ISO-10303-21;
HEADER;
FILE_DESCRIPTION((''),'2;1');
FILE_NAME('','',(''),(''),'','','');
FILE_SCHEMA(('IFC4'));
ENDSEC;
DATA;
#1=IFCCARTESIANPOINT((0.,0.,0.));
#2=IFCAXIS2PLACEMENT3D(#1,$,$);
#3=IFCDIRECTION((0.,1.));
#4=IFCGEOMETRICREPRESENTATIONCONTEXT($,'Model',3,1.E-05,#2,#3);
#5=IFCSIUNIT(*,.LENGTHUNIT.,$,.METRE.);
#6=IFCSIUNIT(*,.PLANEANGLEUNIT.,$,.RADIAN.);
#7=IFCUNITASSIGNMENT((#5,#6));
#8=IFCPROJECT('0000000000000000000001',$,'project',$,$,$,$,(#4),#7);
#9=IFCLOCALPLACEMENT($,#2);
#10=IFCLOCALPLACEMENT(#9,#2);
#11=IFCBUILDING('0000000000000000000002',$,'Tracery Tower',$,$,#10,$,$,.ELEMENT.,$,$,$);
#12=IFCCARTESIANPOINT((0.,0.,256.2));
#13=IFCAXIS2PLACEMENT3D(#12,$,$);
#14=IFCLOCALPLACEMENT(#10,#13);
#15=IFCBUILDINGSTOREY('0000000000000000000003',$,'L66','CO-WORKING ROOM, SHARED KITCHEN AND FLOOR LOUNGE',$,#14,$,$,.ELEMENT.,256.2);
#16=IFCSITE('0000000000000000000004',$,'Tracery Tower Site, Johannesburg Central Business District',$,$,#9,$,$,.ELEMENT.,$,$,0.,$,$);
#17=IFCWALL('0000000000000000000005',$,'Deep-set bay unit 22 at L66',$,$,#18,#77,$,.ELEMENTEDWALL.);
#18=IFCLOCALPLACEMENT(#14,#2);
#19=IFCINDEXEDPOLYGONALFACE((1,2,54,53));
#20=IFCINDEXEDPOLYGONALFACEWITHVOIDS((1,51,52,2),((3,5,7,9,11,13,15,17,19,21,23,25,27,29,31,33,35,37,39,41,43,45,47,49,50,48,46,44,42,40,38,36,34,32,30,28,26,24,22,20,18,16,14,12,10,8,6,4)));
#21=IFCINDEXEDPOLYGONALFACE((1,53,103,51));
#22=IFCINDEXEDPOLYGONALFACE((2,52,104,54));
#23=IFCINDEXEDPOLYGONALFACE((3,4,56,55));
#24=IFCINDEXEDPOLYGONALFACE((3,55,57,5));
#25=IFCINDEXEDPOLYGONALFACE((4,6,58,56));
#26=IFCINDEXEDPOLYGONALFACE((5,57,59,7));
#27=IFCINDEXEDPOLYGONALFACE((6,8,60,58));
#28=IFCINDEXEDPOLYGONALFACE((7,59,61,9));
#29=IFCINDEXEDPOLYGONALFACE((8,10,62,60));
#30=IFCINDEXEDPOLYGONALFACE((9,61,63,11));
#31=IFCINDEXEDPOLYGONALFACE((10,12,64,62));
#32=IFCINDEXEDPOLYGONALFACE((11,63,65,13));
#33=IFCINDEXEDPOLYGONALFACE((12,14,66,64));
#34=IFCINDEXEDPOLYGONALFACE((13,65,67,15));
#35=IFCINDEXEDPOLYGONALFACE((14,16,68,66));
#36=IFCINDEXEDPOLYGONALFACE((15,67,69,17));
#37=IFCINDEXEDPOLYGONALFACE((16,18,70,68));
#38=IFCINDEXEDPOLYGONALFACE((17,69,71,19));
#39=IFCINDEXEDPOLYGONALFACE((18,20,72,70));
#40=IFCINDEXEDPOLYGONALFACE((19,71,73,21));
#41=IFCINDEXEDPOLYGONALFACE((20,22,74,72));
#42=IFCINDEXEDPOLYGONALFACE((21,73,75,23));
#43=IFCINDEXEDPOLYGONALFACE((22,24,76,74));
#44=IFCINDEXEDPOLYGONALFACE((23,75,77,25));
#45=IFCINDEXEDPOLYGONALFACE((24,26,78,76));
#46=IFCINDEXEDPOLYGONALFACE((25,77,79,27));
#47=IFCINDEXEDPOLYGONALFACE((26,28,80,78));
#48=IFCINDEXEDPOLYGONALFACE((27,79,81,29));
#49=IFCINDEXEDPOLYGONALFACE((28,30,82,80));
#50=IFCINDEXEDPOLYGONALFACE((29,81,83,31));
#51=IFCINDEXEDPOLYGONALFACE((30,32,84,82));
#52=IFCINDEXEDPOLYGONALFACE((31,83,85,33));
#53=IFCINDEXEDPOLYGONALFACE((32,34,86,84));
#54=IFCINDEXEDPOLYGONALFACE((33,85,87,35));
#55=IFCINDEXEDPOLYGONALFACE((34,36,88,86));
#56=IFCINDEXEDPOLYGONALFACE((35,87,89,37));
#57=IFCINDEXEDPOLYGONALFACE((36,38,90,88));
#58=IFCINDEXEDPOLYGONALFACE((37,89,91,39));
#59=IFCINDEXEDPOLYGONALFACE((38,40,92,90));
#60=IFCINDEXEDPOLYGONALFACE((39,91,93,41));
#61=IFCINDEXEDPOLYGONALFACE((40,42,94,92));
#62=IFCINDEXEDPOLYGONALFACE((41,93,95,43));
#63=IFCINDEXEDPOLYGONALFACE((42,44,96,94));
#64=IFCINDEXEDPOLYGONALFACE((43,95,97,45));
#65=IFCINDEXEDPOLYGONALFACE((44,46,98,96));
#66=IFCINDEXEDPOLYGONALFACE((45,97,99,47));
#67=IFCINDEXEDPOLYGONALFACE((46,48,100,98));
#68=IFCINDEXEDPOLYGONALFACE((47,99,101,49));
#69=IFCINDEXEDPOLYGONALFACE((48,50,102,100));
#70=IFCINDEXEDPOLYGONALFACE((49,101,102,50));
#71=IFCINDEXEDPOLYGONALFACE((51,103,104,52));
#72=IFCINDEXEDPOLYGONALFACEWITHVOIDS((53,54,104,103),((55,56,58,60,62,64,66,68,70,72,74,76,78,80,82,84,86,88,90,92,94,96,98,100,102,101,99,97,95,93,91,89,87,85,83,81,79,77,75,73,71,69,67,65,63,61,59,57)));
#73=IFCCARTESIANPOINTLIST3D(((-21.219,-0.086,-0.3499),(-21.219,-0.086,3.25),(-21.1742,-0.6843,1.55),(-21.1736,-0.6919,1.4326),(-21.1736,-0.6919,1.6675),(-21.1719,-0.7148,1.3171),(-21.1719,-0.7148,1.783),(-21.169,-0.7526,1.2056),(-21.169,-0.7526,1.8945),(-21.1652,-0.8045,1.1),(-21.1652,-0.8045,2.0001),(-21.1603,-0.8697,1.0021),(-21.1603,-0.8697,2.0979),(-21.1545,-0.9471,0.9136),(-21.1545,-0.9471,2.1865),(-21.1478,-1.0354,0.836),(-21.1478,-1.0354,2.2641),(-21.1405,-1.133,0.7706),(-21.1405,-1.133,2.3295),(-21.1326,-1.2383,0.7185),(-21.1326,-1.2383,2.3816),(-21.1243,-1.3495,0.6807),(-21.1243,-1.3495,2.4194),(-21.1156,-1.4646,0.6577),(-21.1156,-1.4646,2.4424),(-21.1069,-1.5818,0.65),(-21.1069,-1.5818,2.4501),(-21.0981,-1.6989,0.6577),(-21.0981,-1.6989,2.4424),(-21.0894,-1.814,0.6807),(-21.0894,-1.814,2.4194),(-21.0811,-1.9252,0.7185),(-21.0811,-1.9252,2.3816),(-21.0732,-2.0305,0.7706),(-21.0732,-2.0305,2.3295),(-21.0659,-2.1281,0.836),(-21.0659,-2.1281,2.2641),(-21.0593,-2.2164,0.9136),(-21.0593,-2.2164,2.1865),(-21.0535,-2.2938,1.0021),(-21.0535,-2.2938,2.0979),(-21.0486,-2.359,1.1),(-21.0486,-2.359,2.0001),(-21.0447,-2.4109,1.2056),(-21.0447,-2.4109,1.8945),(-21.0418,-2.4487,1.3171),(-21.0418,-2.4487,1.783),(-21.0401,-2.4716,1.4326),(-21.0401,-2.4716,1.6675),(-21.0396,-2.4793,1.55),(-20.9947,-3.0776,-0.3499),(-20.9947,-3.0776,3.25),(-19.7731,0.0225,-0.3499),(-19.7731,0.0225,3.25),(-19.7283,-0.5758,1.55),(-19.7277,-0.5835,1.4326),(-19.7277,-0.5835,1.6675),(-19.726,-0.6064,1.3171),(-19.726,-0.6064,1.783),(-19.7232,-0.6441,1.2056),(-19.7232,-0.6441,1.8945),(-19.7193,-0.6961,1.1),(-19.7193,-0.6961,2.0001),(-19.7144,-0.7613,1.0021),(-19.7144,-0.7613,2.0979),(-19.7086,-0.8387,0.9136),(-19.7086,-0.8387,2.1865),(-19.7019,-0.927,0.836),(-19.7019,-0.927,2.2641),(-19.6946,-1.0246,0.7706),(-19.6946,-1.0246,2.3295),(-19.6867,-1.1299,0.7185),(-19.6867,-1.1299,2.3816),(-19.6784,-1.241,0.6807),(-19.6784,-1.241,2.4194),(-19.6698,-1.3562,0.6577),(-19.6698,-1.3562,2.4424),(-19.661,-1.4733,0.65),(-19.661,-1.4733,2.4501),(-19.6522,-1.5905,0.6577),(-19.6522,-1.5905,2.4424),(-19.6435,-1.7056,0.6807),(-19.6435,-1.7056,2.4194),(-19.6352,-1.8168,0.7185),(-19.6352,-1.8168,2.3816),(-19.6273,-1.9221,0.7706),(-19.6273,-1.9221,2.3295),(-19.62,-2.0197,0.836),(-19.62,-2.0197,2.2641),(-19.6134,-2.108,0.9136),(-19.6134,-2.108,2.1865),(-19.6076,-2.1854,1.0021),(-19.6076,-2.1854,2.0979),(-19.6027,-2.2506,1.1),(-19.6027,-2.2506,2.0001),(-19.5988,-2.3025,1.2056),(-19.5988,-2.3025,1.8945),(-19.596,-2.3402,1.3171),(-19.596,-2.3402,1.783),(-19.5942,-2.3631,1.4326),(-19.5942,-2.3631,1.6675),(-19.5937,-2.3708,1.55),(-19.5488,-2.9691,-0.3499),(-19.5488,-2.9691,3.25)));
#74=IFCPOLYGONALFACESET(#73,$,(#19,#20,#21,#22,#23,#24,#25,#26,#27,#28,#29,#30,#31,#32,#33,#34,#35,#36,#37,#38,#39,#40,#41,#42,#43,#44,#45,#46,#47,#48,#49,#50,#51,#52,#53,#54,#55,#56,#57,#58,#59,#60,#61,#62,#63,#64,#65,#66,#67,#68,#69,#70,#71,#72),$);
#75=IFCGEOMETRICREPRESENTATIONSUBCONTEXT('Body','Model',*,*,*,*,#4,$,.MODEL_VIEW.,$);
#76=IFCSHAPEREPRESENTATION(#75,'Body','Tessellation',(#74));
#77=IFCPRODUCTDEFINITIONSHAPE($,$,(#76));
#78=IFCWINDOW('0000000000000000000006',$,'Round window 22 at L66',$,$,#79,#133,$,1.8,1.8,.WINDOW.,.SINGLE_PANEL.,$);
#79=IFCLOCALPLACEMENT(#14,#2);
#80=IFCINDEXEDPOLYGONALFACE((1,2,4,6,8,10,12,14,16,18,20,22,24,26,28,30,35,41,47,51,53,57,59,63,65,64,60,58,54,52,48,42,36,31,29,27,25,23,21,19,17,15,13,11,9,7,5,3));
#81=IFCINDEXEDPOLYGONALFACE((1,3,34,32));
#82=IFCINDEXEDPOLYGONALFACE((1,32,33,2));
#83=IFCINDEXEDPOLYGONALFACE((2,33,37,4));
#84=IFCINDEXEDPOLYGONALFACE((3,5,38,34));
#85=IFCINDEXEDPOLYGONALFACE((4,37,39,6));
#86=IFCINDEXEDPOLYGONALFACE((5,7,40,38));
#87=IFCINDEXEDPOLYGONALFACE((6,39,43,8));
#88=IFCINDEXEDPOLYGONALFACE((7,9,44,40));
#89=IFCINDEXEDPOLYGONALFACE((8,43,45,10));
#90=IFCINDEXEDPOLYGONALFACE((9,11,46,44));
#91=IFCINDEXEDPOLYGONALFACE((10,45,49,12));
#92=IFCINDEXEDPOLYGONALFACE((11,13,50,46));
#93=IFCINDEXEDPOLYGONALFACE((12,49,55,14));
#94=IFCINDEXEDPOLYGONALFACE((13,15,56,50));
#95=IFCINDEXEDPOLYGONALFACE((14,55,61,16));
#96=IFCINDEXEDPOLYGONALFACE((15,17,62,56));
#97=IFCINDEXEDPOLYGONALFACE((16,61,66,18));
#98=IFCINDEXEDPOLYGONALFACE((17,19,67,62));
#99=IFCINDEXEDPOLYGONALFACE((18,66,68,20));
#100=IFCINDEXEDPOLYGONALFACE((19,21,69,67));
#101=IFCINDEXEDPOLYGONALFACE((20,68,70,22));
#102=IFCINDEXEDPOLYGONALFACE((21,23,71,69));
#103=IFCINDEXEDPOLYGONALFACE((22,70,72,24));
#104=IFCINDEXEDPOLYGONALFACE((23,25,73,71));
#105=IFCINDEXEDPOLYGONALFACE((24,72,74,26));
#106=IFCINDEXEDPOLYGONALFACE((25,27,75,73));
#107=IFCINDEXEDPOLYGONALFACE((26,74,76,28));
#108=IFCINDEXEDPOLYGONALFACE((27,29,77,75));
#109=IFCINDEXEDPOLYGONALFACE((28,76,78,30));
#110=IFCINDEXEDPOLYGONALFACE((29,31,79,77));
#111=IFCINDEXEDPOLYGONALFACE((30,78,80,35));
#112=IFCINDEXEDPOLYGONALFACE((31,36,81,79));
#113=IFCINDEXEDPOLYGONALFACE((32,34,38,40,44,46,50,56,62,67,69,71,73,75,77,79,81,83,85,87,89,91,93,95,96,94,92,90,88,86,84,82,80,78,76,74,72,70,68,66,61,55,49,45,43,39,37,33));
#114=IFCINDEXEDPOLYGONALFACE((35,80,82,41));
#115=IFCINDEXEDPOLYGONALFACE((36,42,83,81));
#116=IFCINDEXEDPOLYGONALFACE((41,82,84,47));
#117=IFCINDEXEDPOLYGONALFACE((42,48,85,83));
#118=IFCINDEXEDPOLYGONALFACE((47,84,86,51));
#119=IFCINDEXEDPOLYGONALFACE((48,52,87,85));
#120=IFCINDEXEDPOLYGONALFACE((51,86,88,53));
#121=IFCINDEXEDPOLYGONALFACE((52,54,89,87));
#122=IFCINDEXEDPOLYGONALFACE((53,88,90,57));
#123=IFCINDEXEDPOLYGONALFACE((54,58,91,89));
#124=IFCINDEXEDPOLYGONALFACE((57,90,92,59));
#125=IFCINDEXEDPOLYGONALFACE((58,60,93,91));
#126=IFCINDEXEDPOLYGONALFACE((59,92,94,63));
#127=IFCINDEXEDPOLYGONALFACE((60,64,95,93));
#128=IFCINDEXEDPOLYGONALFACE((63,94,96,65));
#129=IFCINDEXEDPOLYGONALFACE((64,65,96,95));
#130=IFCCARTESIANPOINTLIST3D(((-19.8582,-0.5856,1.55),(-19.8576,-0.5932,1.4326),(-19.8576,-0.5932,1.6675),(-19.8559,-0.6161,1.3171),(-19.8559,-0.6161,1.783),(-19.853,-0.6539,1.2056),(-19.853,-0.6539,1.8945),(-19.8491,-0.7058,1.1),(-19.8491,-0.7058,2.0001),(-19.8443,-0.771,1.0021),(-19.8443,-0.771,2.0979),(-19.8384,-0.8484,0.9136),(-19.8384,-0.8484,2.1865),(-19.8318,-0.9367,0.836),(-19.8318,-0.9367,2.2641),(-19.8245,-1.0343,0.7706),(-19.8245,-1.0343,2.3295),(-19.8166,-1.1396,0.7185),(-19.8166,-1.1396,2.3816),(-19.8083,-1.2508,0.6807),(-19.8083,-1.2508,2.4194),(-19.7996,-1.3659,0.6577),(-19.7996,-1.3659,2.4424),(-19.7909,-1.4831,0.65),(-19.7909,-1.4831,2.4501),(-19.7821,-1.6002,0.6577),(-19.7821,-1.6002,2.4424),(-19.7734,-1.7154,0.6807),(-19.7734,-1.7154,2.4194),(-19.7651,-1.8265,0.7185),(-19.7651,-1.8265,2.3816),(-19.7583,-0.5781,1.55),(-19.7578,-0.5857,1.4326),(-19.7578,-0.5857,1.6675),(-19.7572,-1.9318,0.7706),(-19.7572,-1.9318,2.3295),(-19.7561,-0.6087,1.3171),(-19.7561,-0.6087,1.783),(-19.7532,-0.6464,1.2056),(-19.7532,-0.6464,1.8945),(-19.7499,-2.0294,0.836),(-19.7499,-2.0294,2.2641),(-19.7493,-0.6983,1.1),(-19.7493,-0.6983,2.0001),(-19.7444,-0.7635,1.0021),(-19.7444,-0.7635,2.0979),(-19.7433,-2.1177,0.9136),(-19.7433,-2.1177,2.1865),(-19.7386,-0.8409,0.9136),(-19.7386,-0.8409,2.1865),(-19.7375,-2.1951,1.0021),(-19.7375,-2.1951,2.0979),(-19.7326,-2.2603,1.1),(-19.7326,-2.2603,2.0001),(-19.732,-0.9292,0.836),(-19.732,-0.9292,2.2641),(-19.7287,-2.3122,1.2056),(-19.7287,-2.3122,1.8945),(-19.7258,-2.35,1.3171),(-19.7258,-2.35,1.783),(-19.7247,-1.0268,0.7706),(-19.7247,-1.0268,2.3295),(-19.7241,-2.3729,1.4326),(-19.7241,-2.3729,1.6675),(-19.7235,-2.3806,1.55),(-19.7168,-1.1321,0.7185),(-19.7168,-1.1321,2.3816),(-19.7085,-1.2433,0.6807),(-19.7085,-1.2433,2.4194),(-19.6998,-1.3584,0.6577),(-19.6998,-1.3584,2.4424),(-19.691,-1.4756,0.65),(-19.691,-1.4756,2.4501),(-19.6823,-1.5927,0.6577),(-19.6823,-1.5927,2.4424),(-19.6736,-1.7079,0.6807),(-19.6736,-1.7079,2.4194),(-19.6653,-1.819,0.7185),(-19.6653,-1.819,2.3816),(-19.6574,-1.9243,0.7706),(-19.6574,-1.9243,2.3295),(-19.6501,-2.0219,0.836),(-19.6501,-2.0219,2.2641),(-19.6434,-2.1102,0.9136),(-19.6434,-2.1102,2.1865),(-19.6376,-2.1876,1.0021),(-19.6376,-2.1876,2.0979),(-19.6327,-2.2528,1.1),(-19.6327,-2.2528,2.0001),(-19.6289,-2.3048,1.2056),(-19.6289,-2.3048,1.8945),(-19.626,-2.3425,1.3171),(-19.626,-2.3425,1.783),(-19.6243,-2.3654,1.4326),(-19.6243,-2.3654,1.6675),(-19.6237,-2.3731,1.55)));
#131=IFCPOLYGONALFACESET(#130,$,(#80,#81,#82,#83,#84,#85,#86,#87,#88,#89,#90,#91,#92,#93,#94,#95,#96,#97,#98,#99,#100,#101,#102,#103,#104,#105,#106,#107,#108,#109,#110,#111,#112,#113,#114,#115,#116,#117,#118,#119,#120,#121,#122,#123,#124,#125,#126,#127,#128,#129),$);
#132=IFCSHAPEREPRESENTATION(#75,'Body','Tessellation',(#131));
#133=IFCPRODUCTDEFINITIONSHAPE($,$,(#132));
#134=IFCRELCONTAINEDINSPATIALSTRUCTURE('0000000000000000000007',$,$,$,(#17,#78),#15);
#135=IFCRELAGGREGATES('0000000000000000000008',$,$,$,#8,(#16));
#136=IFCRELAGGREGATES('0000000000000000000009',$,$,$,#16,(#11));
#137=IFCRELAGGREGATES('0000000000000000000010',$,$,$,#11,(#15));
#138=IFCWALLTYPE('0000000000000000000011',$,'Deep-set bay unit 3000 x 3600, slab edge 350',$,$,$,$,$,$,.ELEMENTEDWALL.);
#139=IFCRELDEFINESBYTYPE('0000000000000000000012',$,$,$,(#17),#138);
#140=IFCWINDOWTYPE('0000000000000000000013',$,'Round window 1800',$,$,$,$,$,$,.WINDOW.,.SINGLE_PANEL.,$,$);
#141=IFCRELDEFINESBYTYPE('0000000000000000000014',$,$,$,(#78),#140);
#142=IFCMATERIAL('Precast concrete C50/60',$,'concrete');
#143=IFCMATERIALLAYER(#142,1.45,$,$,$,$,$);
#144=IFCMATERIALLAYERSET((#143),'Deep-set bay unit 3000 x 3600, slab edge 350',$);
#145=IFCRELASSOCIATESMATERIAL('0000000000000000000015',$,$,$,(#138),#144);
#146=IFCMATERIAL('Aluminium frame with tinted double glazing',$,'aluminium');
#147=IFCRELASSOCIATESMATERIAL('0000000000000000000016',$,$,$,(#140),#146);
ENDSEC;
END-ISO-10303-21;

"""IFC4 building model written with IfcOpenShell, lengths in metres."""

from ifc_helpers import new_model, si_unit, direction, frame, frame_2d, origin, origin_2d, place, context, subcontext, project, spatial, rectangle, circle, extrude, material, layer, layer_set, type_object, element, fill, save


model = new_model("IFC4")

# Units and contexts
model_context = context("Model", 3, precision=1e-05, world=origin(), true_north=direction((0.0, 1.0)))
body_context = subcontext(model_context, "Body", "Model", "MODEL_VIEW")
ifc_project = project(units=[si_unit("LENGTHUNIT", "METRE"), si_unit("PLANEANGLEUNIT", "RADIAN")], contexts=[model_context])

# Site, building, storey
site_placement = place(None, origin())
site = spatial("IfcSite", under=ifc_project, at=site_placement, Name="Tracery Tower Site, Johannesburg Central Business District", CompositionType="ELEMENT", RefElevation=0.0)
building_placement = place(site_placement, origin())
building = spatial("IfcBuilding", under=site, at=building_placement, Name="Tracery Tower", CompositionType="ELEMENT")
storey_placement = place(building_placement, frame((0.0, 0.0, 256.2)))
storey = spatial("IfcBuildingStorey", under=building, at=storey_placement, Name="L66", Description="CO-WORKING ROOM, SHARED KITCHEN AND FLOOR LOUNGE", CompositionType="ELEMENT", Elevation=256.2)

# Wall, opening, window
ifc_material_1 = material(Name="Precast concrete C50/60", Category="concrete")
ifc_layer_1 = layer(ifc_material_1, 1.45)
ifc_layer_set_1 = layer_set([ifc_layer_1], Name="Deep-set bay unit 3000 x 3600, slab edge 350")
wall_type_1 = type_object("IfcWallType", Name="Deep-set bay unit 3000 x 3600, slab edge 350", PredefinedType="ELEMENTEDWALL", material=ifc_layer_set_1)
wall_1_placement = place(storey_placement, frame((-20.4961, -0.0317, -0.3499), z_axis=(0.0, 0.0, 1.0), x_axis=(0.074786, -0.9972, 0.0)))
wall_1 = element("IfcWall", 1, at=wall_1_placement, inside=storey, type_object=wall_type_1, Name="Deep-set bay unit 22 at L66", PredefinedType="ELEMENTEDWALL", context=body_context, shape_type="SweptSolid", body=[
    extrude(rectangle(XDim=3.0, YDim=1.45, at=frame_2d((1.5, 0.0))), origin(), (0.0, 0.0, 1.0), 3.5999),
])
opening_1_placement = place(wall_1_placement, frame((1.5, 0.0, 1.8999)))
opening_1 = element("IfcOpeningElement", 2, at=opening_1_placement, cuts=wall_1, PredefinedType="OPENING", context=body_context, shape_type="SweptSolid", body=[
    extrude(circle(Radius=0.9, at=origin_2d()), frame((0.0, 0.7349, 0.0), z_axis=(0.0, -1.0, 0.0), x_axis=(1.0, 0.0, 0.0)), (0.0, 0.0, 1.0), 1.47),
])
ifc_material_2 = material(Name="Aluminium frame with tinted double glazing", Category="aluminium")
window_type = type_object("IfcWindowType", Name="Round window 1800", PartitioningType="SINGLE_PANEL", PredefinedType="WINDOW", material=ifc_material_2)
window_1_placement = place(opening_1_placement, origin())
window_1 = element("IfcWindow", 3, at=window_1_placement, inside=storey, type_object=window_type, Name="Round window 22 at L66", OverallHeight=1.8, OverallWidth=1.8, PartitioningType="SINGLE_PANEL", PredefinedType="WINDOW", context=body_context, shape_type="SweptSolid", body=[
    extrude(circle(Radius=0.9, at=origin_2d()), frame((0.0, 0.6948, 0.0), z_axis=(0.0, -1.0, 0.0), x_axis=(1.0, 0.0, 0.0)), (0.0, 0.0, 1.0), 0.1001),
])
fill(opening_1, window_1)

save(model, "model.ifc")
